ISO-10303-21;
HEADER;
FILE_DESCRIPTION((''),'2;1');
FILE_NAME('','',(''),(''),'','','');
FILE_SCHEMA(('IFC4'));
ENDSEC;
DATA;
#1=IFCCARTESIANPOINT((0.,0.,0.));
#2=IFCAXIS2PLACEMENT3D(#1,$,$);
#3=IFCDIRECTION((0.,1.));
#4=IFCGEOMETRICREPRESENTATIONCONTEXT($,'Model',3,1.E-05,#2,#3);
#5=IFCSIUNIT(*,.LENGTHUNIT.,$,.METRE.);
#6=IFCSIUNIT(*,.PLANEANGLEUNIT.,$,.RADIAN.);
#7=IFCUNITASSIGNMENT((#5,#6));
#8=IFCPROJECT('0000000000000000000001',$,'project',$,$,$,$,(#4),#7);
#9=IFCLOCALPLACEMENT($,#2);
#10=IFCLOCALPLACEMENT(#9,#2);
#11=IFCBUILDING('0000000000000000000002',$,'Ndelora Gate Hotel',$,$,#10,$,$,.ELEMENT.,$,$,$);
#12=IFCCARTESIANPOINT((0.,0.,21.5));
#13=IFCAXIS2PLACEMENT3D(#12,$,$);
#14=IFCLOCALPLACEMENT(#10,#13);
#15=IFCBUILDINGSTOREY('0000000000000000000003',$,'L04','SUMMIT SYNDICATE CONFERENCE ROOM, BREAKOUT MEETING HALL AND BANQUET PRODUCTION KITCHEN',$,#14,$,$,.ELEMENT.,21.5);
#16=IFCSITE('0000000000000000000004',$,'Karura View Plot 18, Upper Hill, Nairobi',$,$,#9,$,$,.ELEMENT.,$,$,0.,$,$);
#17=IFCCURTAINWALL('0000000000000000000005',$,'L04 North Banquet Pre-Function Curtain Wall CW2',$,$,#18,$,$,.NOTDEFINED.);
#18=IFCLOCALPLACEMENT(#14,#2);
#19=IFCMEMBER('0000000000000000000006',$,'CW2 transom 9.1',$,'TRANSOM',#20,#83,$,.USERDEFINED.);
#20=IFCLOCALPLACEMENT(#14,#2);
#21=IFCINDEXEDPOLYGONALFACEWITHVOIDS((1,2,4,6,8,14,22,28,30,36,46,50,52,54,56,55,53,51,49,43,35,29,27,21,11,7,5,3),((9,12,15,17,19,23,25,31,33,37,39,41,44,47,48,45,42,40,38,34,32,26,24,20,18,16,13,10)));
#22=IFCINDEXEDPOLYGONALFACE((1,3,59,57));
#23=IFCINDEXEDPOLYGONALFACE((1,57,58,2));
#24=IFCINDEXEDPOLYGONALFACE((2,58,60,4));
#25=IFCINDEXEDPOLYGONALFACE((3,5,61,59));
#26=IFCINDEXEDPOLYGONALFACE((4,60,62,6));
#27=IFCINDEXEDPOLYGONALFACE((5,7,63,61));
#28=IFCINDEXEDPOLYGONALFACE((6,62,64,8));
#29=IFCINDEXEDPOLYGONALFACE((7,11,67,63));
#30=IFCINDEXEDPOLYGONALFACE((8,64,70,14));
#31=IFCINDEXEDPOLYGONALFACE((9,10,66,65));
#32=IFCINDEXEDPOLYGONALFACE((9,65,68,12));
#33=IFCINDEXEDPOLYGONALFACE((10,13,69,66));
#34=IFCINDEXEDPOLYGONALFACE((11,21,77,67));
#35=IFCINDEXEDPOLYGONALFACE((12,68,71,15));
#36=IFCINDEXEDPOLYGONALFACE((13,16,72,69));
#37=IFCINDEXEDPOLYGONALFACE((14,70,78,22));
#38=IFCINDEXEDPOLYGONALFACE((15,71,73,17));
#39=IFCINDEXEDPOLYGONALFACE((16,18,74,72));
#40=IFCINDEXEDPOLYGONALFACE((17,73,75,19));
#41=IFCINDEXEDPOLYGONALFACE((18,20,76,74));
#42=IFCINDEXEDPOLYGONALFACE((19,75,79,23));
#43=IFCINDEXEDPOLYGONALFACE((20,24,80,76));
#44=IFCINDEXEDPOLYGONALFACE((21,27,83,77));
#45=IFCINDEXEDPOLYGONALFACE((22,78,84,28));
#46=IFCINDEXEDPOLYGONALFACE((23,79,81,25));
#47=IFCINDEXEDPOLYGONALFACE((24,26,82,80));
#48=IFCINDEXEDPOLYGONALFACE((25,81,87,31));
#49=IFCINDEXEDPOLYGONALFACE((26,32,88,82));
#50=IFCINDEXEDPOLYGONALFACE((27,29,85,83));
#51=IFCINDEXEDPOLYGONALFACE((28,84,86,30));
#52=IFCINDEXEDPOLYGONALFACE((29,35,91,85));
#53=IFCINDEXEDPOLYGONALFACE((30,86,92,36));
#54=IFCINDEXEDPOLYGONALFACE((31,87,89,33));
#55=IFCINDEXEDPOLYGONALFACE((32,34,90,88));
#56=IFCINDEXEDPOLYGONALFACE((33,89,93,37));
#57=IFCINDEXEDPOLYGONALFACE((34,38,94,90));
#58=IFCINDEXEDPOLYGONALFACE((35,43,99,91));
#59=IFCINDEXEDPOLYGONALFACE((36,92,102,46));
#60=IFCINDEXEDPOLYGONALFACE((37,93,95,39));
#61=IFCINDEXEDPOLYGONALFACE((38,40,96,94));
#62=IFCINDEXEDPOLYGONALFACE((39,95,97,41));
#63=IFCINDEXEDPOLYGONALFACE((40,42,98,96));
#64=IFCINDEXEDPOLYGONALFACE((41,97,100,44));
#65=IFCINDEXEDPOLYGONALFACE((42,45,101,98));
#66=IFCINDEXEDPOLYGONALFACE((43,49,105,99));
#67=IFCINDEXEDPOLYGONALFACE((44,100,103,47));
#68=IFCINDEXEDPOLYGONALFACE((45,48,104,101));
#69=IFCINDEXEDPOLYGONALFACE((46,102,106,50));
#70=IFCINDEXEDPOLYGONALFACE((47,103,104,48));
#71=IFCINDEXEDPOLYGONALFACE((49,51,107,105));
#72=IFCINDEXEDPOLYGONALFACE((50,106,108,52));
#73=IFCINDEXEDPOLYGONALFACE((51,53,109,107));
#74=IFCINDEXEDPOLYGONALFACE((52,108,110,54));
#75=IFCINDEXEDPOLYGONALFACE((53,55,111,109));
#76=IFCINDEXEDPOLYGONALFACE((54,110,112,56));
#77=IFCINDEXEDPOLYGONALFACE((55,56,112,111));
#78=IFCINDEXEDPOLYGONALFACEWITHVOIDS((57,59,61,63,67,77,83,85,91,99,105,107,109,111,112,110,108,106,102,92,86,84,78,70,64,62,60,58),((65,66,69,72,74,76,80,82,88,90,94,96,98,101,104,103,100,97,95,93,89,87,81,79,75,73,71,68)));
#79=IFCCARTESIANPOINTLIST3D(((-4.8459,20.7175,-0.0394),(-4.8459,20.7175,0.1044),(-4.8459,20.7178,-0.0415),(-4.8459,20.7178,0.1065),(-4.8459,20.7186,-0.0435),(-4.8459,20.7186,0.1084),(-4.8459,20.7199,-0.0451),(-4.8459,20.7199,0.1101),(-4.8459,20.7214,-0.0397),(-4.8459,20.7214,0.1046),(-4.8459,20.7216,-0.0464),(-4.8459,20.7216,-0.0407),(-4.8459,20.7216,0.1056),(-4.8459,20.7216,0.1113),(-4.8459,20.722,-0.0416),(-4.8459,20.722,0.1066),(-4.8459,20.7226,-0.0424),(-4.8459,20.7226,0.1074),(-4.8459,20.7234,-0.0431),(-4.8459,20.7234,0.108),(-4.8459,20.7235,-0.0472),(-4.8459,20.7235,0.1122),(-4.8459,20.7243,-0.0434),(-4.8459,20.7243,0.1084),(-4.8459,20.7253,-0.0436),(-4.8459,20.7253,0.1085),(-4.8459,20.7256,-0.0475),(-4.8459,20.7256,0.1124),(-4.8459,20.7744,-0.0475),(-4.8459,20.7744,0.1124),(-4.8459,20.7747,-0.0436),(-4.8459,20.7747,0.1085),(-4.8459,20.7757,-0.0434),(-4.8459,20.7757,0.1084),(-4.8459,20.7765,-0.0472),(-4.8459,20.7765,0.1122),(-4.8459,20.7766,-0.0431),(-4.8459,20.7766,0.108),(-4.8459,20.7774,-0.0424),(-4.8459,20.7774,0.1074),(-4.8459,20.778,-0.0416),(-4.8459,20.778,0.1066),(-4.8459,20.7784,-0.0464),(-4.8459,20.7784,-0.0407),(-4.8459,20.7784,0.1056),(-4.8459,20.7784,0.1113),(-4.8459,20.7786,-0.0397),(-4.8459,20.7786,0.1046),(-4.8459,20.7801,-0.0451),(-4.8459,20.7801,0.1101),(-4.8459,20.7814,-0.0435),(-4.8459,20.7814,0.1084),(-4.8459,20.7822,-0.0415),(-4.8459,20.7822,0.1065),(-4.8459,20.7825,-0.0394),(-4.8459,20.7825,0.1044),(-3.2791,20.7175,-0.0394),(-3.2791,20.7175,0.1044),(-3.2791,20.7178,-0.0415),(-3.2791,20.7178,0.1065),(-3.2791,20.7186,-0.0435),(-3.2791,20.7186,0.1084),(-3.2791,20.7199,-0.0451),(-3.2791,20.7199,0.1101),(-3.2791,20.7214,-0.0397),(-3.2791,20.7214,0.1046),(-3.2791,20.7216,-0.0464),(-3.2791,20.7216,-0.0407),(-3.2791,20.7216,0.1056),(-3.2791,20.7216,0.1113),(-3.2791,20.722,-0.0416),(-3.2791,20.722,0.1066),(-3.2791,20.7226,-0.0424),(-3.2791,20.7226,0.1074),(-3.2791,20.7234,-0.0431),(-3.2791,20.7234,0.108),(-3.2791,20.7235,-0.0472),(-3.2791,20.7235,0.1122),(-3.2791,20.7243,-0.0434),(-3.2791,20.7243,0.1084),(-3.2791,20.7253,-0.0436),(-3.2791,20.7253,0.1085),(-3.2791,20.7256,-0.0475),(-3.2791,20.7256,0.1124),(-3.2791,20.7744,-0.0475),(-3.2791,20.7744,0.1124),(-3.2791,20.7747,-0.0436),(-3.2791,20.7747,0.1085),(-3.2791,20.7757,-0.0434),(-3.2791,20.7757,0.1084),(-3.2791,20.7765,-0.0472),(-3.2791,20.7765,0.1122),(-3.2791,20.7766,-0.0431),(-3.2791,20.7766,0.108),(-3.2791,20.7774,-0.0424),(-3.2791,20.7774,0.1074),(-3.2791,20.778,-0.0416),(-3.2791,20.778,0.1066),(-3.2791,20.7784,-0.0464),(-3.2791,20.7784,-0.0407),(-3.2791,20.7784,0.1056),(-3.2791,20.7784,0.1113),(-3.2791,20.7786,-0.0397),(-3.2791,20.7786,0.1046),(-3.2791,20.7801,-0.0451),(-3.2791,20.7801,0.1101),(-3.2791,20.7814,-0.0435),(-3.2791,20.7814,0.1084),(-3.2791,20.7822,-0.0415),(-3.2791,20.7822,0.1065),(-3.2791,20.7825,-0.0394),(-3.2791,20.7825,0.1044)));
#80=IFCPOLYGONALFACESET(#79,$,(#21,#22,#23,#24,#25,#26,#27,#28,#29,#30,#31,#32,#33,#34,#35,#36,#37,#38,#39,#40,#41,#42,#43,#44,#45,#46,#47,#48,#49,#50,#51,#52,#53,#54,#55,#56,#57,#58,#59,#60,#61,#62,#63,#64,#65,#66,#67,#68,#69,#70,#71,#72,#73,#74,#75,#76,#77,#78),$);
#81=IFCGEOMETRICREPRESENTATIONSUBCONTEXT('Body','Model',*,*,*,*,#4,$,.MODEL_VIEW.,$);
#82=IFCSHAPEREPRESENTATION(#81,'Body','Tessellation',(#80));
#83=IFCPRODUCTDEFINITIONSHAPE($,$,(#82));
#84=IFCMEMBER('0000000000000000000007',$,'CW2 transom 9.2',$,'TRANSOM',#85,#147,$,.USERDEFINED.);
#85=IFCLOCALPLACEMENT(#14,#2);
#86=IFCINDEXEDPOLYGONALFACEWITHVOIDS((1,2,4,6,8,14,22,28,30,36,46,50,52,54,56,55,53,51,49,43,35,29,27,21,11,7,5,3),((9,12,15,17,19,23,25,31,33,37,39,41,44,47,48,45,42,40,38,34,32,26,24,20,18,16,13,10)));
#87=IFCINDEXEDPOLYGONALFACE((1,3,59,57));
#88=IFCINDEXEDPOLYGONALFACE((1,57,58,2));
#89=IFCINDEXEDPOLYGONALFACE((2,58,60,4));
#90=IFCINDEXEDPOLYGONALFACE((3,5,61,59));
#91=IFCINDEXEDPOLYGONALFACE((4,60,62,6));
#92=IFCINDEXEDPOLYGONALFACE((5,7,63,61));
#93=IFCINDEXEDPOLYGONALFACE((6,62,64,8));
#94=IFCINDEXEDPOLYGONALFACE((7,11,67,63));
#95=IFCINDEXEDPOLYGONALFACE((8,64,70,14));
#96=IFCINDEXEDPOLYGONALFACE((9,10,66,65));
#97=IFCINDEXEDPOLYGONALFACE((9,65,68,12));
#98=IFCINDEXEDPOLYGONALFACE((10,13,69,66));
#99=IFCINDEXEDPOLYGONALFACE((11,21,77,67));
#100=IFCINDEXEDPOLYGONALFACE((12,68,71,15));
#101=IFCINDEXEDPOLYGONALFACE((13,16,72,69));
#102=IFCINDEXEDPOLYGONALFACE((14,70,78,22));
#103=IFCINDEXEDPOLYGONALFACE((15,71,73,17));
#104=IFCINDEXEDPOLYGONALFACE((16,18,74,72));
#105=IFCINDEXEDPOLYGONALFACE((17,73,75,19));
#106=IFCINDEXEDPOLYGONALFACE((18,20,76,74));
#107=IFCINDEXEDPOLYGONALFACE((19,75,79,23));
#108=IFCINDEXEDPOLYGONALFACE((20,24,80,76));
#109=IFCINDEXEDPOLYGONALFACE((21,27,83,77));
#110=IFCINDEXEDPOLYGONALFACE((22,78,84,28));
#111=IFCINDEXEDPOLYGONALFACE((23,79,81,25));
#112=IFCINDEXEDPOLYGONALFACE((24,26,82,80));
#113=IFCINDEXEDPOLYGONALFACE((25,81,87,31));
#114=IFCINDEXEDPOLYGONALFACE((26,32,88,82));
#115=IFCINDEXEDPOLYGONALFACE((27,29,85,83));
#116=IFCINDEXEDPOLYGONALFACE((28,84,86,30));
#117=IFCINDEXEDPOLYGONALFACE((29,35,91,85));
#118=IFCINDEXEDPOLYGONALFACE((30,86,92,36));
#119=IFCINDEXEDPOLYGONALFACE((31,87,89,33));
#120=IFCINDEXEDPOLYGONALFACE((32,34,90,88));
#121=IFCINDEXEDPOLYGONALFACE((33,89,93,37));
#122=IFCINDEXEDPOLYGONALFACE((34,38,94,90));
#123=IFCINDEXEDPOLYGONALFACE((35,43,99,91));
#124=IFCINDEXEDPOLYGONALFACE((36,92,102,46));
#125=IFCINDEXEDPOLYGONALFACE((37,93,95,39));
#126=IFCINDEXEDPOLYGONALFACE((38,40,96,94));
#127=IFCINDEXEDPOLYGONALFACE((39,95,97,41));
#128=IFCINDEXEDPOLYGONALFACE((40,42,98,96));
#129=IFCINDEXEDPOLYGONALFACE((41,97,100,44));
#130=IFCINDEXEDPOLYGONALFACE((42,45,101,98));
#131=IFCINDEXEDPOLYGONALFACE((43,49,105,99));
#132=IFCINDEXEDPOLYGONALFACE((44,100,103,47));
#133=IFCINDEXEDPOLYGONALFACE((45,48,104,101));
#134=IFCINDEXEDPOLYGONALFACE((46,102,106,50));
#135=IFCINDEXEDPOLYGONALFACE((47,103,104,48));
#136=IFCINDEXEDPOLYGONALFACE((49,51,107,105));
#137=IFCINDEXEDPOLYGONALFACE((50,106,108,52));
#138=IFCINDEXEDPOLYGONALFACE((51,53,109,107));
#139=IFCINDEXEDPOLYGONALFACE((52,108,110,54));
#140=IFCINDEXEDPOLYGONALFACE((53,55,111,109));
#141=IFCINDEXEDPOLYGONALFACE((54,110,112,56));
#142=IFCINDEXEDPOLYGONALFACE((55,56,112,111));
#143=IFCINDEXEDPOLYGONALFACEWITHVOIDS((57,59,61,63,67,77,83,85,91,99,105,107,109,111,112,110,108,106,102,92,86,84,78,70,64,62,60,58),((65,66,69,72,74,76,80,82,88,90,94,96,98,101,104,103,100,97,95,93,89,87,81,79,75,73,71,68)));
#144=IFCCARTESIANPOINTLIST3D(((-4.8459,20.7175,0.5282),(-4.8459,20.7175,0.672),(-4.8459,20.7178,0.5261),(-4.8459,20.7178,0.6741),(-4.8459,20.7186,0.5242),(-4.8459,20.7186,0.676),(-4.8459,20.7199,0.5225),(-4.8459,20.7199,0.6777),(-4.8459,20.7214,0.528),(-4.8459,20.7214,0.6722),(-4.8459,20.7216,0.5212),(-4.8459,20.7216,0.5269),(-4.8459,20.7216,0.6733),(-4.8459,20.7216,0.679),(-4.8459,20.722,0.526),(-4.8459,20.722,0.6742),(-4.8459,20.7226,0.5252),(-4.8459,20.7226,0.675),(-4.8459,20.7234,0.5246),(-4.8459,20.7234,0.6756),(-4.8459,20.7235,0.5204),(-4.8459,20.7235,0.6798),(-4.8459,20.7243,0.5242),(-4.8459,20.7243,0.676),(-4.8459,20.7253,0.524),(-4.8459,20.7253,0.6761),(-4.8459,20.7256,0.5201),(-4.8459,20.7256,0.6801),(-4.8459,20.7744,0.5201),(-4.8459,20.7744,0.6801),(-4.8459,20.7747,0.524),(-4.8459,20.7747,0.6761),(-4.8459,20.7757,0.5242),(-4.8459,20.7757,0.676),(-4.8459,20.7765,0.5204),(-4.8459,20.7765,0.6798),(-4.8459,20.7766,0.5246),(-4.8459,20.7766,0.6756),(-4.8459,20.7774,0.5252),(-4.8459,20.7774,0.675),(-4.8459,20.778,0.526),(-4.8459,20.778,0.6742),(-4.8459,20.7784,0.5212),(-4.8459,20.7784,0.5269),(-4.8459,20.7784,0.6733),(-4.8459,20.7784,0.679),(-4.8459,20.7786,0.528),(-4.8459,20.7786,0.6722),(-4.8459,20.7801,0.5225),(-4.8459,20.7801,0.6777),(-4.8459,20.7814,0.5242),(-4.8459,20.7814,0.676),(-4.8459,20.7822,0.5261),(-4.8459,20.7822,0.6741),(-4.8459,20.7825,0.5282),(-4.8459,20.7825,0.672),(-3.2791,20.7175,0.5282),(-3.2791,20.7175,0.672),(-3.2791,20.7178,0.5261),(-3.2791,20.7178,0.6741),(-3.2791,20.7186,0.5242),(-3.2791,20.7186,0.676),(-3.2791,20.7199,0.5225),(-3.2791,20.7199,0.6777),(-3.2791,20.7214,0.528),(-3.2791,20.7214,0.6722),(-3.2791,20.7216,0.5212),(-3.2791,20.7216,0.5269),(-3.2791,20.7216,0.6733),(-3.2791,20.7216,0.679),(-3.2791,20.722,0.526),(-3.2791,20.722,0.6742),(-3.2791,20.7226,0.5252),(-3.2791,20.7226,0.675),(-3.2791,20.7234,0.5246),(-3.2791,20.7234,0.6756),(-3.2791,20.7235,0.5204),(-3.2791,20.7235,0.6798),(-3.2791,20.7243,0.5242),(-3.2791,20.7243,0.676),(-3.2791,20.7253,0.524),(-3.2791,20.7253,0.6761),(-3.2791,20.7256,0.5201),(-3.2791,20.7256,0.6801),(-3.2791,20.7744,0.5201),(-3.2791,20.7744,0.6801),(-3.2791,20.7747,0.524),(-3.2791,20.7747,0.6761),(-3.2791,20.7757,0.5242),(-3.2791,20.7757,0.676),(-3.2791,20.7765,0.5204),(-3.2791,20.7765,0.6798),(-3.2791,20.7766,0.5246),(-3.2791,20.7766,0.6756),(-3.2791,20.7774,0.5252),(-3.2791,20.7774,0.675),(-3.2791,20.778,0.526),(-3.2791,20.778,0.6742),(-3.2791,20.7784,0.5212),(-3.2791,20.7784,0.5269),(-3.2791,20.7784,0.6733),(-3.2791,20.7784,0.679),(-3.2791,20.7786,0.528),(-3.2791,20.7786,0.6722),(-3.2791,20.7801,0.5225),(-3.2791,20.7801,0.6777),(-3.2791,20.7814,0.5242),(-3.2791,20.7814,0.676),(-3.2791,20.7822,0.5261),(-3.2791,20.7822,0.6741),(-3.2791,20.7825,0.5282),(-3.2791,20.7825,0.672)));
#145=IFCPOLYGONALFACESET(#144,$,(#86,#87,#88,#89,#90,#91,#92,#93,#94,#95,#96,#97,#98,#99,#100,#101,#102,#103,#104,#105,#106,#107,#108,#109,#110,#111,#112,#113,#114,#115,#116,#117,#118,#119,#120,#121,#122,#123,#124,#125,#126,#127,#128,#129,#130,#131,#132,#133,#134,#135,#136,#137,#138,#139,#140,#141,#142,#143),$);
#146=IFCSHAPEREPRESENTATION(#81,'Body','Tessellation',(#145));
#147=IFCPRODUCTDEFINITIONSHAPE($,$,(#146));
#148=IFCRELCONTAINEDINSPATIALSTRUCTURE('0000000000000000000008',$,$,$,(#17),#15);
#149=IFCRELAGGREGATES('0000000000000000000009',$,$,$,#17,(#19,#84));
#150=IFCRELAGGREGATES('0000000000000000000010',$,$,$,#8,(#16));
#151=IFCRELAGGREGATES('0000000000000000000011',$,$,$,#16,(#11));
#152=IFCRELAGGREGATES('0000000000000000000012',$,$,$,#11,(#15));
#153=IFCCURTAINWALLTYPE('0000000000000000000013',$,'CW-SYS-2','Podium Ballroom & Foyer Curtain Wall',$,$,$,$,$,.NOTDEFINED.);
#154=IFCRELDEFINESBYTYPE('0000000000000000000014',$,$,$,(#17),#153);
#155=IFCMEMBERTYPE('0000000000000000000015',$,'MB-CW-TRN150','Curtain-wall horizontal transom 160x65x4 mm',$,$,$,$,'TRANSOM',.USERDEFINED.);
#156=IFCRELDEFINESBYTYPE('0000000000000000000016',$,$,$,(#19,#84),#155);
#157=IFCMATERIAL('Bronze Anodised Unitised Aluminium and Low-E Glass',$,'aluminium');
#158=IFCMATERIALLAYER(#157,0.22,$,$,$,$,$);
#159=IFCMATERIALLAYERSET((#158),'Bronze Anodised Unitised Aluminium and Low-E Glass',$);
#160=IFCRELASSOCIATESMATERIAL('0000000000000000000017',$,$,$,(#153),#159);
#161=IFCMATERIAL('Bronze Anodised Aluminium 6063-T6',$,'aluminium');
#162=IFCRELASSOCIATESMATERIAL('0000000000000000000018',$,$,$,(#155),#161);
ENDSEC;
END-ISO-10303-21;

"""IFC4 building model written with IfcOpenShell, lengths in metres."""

from ifc_helpers import new_model, si_unit, direction, frame, origin, origin_2d, place, context, subcontext, project, spatial, hollow_rectangle, extrude, material, layer, layer_set, material_profile, profile_set, type_object, element, aggregate, save


model = new_model("IFC4")

# Units and contexts
model_context = context("Model", 3, precision=1e-05, world=origin(), true_north=direction((0.0, 1.0)))
body_context = subcontext(model_context, "Body", "Model", "MODEL_VIEW")
ifc_project = project(units=[si_unit("LENGTHUNIT", "METRE"), si_unit("PLANEANGLEUNIT", "RADIAN")], contexts=[model_context])

# Site, building, storey
site_placement = place(None, origin())
site = spatial("IfcSite", under=ifc_project, at=site_placement, Name="Karura View Plot 18, Upper Hill, Nairobi", CompositionType="ELEMENT", RefElevation=0.0)
building_placement = place(site_placement, origin())
building = spatial("IfcBuilding", under=site, at=building_placement, Name="Ndelora Gate Hotel", CompositionType="ELEMENT")
storey_placement = place(building_placement, frame((0.0, 0.0, 21.5)))
storey = spatial("IfcBuildingStorey", under=building, at=storey_placement, Name="L04", Description="SUMMIT SYNDICATE CONFERENCE ROOM, BREAKOUT MEETING HALL AND BANQUET PRODUCTION KITCHEN", CompositionType="ELEMENT", Elevation=21.5)

# Curtain wall, members
ifc_material_1 = material(Name="Bronze Anodised Unitised Aluminium and Low-E Glass", Category="aluminium")
ifc_layer_1 = layer(ifc_material_1, 0.22)
ifc_layer_set_1 = layer_set([ifc_layer_1], Name="Bronze Anodised Unitised Aluminium and Low-E Glass")
curtain_wall_type = type_object("IfcCurtainWallType", Name="CW-SYS-2", Description="Podium Ballroom & Foyer Curtain Wall", PredefinedType="NOTDEFINED", material=ifc_layer_set_1)
curtain_wall_placement = place(storey_placement, origin())
curtain_wall = element("IfcCurtainWall", 1, at=curtain_wall_placement, inside=storey, type_object=curtain_wall_type, Name="L04 North Banquet Pre-Function Curtain Wall CW2", PredefinedType="NOTDEFINED")
ifc_material_2 = material(Name="Bronze Anodised Aluminium 6063-T6", Category="aluminium")
ifc_material_profile_1 = material_profile(ifc_material_2, hollow_rectangle(XDim=0.0649, YDim=0.1599, WallThickness=0.0039, InnerFilletRadius=0.0039, OuterFilletRadius=0.0081, at=origin_2d()), Name="ALU 160x65x4")
ifc_profile_set_1 = profile_set([ifc_material_profile_1], Name="Bronze Anodised Aluminium 6063-T6")
member_type_1 = type_object("IfcMemberType", Name="MB-CW-TRN150", Description="Curtain-wall horizontal transom 160x65x4 mm", ElementType="TRANSOM", PredefinedType="USERDEFINED", material=ifc_profile_set_1)
member_1_placement = place(storey_placement, frame((-3.2791, 20.75, 0.0325), z_axis=(-1.0, 0.0, 0.0), x_axis=(0.0, -1.0, 0.0)))
member_1 = element("IfcMember", 2, at=member_1_placement, type_object=member_type_1, Name="CW2 transom 9.1", ObjectType="TRANSOM", PredefinedType="USERDEFINED", context=body_context, shape_type="SweptSolid", body=[
    extrude(hollow_rectangle(XDim=0.0649, YDim=0.1599, WallThickness=0.0039, InnerFilletRadius=0.0039, OuterFilletRadius=0.0081, at=origin_2d()), origin(), (0.0, 0.0, 1.0), 1.5669),
])
member_2_placement = place(storey_placement, frame((-3.2791, 20.75, 0.6001), z_axis=(-1.0, 0.0, 0.0), x_axis=(0.0, -1.0, 0.0)))
member_2 = element("IfcMember", 3, at=member_2_placement, type_object=member_type_1, Name="CW2 transom 9.2", ObjectType="TRANSOM", PredefinedType="USERDEFINED", context=body_context, shape_type="SweptSolid", body=[
    extrude(hollow_rectangle(XDim=0.0649, YDim=0.1599, WallThickness=0.0039, InnerFilletRadius=0.0039, OuterFilletRadius=0.0081, at=origin_2d()), origin(), (0.0, 0.0, 1.0), 1.5669),
])
aggregate(curtain_wall, [member_1, member_2])

save(model, "model.ifc")
